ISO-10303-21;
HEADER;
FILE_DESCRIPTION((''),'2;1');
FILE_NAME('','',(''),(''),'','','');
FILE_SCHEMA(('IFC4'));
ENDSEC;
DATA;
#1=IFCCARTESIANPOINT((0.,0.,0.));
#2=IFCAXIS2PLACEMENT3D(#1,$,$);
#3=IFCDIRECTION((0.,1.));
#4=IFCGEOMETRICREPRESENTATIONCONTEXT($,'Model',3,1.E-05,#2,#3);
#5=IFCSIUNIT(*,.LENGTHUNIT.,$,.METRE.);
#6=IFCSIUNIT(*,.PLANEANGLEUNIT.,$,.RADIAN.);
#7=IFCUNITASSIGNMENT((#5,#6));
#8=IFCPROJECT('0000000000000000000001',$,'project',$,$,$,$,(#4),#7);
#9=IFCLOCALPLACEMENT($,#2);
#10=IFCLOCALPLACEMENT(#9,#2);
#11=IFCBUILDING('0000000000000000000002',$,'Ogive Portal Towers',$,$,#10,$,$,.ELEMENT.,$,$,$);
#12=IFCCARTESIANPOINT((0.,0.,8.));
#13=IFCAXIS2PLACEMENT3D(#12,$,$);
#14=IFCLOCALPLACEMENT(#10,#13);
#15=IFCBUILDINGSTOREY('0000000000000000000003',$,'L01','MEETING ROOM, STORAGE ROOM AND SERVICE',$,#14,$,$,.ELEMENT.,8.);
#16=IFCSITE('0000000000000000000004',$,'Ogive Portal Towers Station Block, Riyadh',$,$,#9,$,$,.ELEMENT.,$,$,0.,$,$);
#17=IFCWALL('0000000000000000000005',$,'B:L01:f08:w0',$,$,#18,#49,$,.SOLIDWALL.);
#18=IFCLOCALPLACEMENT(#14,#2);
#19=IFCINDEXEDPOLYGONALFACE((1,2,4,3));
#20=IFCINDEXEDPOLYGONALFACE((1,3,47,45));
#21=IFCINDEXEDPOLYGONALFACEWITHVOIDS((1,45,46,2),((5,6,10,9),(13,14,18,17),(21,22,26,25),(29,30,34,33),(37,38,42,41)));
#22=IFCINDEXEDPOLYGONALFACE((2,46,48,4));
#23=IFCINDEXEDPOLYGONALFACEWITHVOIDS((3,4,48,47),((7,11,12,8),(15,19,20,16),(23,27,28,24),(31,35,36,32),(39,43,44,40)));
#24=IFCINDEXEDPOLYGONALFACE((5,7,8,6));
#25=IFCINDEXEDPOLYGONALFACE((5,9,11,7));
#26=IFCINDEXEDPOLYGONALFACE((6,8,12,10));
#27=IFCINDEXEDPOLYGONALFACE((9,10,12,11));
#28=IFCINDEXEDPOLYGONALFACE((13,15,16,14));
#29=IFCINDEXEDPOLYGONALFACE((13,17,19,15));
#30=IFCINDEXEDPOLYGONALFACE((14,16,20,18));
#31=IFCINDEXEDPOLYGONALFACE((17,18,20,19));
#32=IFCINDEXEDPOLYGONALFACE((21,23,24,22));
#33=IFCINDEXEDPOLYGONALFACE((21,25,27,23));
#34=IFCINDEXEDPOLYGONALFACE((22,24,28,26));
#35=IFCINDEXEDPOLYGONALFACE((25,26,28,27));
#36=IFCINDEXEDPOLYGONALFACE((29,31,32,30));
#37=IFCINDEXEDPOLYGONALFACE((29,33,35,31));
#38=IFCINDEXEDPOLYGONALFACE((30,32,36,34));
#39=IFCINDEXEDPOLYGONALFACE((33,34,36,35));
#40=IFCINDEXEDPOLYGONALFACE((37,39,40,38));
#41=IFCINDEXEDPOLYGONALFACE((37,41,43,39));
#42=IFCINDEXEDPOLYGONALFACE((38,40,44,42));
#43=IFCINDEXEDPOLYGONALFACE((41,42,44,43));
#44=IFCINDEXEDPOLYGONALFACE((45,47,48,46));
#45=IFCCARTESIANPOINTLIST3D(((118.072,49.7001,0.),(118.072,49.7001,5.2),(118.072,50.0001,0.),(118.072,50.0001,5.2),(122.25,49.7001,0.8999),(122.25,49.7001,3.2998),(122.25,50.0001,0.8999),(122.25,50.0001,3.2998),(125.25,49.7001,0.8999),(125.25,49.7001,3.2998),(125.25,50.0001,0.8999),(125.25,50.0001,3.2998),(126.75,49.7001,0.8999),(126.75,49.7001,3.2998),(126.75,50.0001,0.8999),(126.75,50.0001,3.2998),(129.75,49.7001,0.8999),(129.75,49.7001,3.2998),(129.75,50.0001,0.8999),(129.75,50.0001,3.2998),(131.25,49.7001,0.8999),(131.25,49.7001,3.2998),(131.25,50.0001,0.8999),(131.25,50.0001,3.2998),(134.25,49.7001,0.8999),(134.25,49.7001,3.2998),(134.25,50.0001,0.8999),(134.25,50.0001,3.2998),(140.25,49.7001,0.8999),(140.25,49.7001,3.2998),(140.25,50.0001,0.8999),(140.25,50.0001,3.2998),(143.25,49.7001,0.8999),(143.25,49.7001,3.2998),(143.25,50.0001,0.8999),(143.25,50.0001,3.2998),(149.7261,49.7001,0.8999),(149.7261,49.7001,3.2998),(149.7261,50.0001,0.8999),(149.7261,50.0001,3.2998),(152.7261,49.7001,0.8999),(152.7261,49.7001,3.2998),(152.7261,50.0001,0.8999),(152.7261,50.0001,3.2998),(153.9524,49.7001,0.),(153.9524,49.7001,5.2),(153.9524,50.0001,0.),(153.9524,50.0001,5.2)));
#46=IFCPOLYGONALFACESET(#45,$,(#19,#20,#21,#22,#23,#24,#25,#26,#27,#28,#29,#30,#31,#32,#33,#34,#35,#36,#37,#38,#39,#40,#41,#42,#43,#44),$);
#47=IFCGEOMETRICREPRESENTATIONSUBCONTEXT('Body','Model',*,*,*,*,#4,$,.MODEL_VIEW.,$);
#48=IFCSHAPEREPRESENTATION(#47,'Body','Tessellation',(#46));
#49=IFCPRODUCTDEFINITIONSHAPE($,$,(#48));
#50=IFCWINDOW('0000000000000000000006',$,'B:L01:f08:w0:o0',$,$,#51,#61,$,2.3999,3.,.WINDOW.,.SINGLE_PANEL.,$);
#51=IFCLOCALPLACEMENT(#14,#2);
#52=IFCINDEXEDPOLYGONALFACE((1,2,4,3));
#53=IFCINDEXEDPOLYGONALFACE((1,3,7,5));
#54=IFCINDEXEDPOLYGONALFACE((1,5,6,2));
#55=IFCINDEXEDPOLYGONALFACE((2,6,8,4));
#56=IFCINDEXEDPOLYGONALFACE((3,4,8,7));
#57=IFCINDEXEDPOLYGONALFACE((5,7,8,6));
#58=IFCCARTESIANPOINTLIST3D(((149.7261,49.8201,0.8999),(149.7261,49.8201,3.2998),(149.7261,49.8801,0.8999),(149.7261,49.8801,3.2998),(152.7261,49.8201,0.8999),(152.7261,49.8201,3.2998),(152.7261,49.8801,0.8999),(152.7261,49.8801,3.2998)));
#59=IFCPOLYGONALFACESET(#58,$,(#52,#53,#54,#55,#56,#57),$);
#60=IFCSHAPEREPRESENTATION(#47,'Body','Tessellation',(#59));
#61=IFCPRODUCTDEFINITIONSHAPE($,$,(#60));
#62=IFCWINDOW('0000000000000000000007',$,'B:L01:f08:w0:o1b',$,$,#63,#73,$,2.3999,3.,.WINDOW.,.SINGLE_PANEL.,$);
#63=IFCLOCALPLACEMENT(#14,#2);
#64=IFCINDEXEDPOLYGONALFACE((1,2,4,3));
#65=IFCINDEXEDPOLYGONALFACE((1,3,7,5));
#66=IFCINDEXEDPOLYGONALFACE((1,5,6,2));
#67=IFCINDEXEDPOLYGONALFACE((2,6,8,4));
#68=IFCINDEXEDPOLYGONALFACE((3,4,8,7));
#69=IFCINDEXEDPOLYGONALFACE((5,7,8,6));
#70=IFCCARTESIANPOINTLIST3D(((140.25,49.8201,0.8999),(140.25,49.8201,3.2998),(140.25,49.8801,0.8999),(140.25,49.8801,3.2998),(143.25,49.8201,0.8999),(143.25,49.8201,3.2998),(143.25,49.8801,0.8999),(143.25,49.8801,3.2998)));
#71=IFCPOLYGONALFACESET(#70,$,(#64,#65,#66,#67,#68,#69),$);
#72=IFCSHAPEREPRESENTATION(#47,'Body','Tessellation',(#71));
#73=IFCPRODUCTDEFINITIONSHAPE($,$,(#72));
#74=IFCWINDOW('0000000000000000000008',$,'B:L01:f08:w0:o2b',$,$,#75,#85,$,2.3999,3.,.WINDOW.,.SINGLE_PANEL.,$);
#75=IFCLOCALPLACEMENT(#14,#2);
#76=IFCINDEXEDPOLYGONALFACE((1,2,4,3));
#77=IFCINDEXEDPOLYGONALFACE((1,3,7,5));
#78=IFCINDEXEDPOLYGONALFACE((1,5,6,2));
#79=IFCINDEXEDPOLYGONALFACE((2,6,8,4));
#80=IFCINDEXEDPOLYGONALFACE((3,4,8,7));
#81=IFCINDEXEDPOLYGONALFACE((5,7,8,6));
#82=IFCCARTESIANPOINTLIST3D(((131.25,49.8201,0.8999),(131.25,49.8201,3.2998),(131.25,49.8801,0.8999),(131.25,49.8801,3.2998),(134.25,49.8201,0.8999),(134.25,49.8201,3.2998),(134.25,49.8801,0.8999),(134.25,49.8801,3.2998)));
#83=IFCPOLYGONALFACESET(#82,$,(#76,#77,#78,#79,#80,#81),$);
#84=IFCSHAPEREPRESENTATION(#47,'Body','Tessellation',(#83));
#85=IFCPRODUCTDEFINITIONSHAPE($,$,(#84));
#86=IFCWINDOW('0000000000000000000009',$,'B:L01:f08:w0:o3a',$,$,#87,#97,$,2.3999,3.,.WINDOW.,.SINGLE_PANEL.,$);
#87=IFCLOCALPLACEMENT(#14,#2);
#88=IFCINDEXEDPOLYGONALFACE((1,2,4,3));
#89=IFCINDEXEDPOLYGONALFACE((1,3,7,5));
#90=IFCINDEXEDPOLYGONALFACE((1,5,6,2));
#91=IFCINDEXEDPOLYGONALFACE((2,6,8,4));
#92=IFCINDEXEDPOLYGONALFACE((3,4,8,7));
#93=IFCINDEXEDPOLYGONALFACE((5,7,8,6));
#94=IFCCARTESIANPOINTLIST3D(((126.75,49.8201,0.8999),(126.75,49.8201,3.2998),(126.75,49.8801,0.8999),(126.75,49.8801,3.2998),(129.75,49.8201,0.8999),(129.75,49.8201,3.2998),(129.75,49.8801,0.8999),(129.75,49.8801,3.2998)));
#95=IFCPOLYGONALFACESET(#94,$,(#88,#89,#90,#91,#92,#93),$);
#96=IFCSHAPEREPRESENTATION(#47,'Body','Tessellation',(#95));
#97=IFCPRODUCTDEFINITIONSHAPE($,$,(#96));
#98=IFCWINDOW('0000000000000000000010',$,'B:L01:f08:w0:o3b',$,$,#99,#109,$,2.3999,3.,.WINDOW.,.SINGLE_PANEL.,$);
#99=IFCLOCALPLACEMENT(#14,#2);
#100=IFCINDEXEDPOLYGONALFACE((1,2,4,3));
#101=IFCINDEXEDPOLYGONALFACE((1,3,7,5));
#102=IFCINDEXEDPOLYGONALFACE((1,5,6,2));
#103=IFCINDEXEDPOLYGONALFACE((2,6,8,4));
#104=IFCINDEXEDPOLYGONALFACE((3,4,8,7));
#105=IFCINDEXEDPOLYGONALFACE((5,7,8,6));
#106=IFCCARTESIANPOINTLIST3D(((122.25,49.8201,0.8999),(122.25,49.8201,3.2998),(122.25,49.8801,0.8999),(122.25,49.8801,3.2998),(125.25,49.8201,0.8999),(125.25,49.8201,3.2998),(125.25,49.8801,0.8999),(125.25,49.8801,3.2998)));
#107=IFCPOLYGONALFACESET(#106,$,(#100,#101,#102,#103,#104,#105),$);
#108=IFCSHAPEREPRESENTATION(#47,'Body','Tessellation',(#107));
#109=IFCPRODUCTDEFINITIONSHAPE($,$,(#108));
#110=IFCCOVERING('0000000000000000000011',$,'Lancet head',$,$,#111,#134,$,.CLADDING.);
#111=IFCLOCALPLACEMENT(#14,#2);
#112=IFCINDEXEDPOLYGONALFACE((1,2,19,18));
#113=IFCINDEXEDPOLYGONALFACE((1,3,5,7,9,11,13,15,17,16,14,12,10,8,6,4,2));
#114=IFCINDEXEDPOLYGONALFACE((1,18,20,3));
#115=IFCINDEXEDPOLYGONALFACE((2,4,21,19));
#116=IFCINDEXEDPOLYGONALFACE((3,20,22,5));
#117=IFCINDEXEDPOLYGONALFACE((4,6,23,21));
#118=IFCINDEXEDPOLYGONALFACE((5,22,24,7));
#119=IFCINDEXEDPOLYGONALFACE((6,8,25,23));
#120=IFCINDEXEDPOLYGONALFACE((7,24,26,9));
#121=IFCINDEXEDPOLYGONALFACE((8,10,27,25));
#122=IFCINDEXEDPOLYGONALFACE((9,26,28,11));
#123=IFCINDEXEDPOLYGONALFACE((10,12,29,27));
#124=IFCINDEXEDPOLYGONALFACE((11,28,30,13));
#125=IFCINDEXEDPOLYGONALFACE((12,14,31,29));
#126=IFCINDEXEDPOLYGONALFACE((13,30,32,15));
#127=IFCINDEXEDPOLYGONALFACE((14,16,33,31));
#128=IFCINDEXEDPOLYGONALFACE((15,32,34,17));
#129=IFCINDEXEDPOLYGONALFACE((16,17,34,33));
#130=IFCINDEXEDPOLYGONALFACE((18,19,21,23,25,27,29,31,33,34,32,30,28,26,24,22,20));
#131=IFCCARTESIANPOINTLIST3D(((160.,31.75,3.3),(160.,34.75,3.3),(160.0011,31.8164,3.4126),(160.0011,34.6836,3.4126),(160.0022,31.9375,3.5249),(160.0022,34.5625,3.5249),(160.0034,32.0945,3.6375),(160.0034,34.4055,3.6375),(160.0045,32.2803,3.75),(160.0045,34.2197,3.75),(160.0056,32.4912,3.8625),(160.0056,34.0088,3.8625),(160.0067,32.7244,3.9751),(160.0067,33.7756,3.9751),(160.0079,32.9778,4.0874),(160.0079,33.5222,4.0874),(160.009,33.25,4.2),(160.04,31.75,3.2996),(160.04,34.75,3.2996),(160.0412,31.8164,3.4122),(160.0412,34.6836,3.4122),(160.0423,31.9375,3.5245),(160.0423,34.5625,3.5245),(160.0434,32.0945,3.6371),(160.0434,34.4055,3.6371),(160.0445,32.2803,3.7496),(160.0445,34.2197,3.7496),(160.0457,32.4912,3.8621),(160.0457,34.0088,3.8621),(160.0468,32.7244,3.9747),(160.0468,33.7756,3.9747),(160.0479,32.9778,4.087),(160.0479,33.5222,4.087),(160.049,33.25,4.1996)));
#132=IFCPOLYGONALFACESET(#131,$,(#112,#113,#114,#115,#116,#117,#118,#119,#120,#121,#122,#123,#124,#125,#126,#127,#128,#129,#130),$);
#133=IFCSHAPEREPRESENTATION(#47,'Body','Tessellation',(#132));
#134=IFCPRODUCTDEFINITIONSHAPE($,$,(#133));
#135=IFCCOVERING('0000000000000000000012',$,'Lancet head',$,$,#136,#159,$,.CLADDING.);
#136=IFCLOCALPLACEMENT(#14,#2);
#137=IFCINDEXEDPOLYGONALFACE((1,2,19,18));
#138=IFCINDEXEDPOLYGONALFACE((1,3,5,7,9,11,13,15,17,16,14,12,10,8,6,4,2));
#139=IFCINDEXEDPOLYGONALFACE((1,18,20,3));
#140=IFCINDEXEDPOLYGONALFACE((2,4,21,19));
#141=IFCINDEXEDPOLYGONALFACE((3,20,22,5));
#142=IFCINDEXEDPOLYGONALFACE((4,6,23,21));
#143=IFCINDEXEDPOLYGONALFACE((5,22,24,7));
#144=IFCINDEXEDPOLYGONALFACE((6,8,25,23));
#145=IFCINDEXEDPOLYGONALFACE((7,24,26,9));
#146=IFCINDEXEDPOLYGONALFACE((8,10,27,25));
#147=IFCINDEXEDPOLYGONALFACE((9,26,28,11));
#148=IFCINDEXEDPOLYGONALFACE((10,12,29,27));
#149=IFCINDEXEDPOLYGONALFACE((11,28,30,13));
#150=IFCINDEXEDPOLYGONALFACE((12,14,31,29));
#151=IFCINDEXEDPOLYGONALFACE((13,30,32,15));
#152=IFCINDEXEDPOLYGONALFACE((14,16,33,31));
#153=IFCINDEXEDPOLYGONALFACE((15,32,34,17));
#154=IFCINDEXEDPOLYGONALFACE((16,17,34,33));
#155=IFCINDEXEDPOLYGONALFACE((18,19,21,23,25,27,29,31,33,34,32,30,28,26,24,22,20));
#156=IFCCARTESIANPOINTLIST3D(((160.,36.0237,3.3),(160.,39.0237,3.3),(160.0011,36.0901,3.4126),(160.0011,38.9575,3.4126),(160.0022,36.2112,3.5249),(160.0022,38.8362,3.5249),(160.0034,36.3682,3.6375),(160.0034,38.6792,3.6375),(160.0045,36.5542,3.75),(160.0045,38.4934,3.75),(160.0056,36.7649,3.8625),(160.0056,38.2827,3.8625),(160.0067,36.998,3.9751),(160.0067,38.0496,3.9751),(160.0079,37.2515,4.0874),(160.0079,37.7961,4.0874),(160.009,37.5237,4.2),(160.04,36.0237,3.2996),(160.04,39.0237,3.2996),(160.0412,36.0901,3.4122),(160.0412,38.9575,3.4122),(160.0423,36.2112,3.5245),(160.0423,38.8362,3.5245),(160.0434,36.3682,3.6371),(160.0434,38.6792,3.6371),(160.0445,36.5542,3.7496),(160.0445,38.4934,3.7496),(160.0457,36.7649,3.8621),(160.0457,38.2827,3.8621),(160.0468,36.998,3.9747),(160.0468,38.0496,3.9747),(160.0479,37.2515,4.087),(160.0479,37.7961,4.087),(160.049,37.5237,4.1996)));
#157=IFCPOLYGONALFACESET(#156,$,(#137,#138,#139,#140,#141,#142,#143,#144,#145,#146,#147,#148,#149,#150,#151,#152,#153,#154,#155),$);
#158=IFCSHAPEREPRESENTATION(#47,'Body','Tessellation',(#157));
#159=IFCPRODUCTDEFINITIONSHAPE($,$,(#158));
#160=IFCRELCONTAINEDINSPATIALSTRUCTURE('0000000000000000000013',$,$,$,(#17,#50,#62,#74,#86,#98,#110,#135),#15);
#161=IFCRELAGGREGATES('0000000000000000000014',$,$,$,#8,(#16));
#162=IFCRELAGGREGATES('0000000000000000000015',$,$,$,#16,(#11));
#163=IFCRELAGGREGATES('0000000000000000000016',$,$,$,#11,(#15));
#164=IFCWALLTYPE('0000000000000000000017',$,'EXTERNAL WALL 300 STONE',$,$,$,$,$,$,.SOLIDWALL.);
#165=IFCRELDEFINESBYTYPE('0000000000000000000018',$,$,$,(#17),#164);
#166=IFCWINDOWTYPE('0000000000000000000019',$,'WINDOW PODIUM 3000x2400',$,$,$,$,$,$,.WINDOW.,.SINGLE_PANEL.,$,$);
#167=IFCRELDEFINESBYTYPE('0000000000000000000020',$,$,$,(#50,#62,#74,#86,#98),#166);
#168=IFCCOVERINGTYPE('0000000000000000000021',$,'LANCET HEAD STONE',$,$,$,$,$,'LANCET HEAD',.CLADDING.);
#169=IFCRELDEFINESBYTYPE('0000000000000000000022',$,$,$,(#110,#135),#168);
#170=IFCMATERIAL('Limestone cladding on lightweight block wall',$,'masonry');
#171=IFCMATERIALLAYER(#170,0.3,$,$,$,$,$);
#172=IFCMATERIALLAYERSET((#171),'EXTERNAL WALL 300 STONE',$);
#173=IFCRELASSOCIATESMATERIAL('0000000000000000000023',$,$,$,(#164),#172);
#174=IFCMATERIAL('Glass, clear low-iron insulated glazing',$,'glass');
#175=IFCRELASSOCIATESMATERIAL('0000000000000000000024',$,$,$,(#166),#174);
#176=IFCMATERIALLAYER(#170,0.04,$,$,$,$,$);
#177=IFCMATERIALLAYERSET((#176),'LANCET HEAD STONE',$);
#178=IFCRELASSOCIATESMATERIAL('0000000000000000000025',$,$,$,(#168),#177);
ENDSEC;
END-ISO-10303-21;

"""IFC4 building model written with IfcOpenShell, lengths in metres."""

from ifc_helpers import new_model, si_unit, direction, frame, frame_2d, origin, place, context, subcontext, project, spatial, polyline, rectangle, outline, extrude, material, layer, layer_set, type_object, element, fill, save


model = new_model("IFC4")

# Units and contexts
model_context = context("Model", 3, precision=1e-05, world=origin(), true_north=direction((0.0, 1.0)))
body_context = subcontext(model_context, "Body", "Model", "MODEL_VIEW")
ifc_project = project(units=[si_unit("LENGTHUNIT", "METRE"), si_unit("PLANEANGLEUNIT", "RADIAN")], contexts=[model_context])

# Site, building, storey
site_placement = place(None, origin())
site = spatial("IfcSite", under=ifc_project, at=site_placement, Name="Ogive Portal Towers Station Block, Riyadh", CompositionType="ELEMENT", RefElevation=0.0)
building_placement = place(site_placement, origin())
building = spatial("IfcBuilding", under=site, at=building_placement, Name="Ogive Portal Towers", CompositionType="ELEMENT")
storey_placement = place(building_placement, frame((0.0, 0.0, 8.0)))
storey = spatial("IfcBuildingStorey", under=building, at=storey_placement, Name="L01", Description="MEETING ROOM, STORAGE ROOM AND SERVICE", CompositionType="ELEMENT", Elevation=8.0)

# Shared definitions
ifc_material_1 = material(Name="Limestone cladding on lightweight block wall", Category="masonry")
ifc_layer_1 = layer(ifc_material_1, 0.3)
ifc_layer_set_1 = layer_set([ifc_layer_1], Name="EXTERNAL WALL 300 STONE")
wall_type = type_object("IfcWallType", Name="EXTERNAL WALL 300 STONE", PredefinedType="SOLIDWALL", material=ifc_layer_set_1)
ifc_material_2 = material(Name="Glass, clear low-iron insulated glazing", Category="glass")
window_type = type_object("IfcWindowType", Name="WINDOW PODIUM 3000x2400", PartitioningType="SINGLE_PANEL", PredefinedType="WINDOW", material=ifc_material_2)

# Wall, openings, windows
wall_1_placement = place(storey_placement, frame((153.9524, 49.8501, 0.0), z_axis=(0.0, 0.0, 1.0), x_axis=(-1.0, 0.0, 0.0)))
wall_1 = element("IfcWall", 1, at=wall_1_placement, inside=storey, type_object=wall_type, Name="B:L01:f08:w0", PredefinedType="SOLIDWALL", context=body_context, shape_type="SweptSolid", body=[
    extrude(rectangle(XDim=35.8804, YDim=0.3, at=frame_2d((17.9402, 0.0))), origin(), (0.0, 0.0, 1.0), 5.2),
])
opening_1_placement = place(wall_1_placement, frame((1.2263, 0.0, 0.8999)))
opening_1 = element("IfcOpeningElement", 2, at=opening_1_placement, cuts=wall_1, PredefinedType="OPENING", context=body_context, shape_type="SweptSolid", body=[
    extrude(rectangle(XDim=3.0, YDim=2.3999, at=frame_2d((1.5, 1.2))), frame((0.0, 0.1602, 0.0), z_axis=(0.0, -1.0, 0.0), x_axis=(1.0, 0.0, 0.0)), (0.0, 0.0, 1.0), 0.3201),
])
opening_2_placement = place(wall_1_placement, frame((10.7024, 0.0, 0.8999)))
opening_2 = element("IfcOpeningElement", 3, at=opening_2_placement, cuts=wall_1, PredefinedType="OPENING", context=body_context, shape_type="SweptSolid", body=[
    extrude(rectangle(XDim=3.0, YDim=2.3999, at=frame_2d((1.5, 1.2))), frame((0.0, 0.1602, 0.0), z_axis=(0.0, -1.0, 0.0), x_axis=(1.0, 0.0, 0.0)), (0.0, 0.0, 1.0), 0.3201),
])
opening_3_placement = place(wall_1_placement, frame((19.7024, 0.0, 0.8999)))
opening_3 = element("IfcOpeningElement", 4, at=opening_3_placement, cuts=wall_1, PredefinedType="OPENING", context=body_context, shape_type="SweptSolid", body=[
    extrude(rectangle(XDim=3.0, YDim=2.3999, at=frame_2d((1.5, 1.2))), frame((0.0, 0.1602, 0.0), z_axis=(0.0, -1.0, 0.0), x_axis=(1.0, 0.0, 0.0)), (0.0, 0.0, 1.0), 0.3201),
])
opening_4_placement = place(wall_1_placement, frame((24.2024, 0.0, 0.8999)))
opening_4 = element("IfcOpeningElement", 5, at=opening_4_placement, cuts=wall_1, PredefinedType="OPENING", context=body_context, shape_type="SweptSolid", body=[
    extrude(rectangle(XDim=3.0, YDim=2.3999, at=frame_2d((1.5, 1.2))), frame((0.0, 0.1602, 0.0), z_axis=(0.0, -1.0, 0.0), x_axis=(1.0, 0.0, 0.0)), (0.0, 0.0, 1.0), 0.3201),
])
opening_5_placement = place(wall_1_placement, frame((28.7024, 0.0, 0.8999)))
opening_5 = element("IfcOpeningElement", 6, at=opening_5_placement, cuts=wall_1, PredefinedType="OPENING", context=body_context, shape_type="SweptSolid", body=[
    extrude(rectangle(XDim=3.0, YDim=2.3999, at=frame_2d((1.5, 1.2))), frame((0.0, 0.1602, 0.0), z_axis=(0.0, -1.0, 0.0), x_axis=(1.0, 0.0, 0.0)), (0.0, 0.0, 1.0), 0.3201),
])
window_1_placement = place(opening_1_placement, origin())
window_1 = element("IfcWindow", 7, at=window_1_placement, inside=storey, type_object=window_type, Name="B:L01:f08:w0:o0", OverallHeight=2.3999, OverallWidth=3.0, PartitioningType="SINGLE_PANEL", PredefinedType="WINDOW", context=body_context, shape_type="SweptSolid", body=[
    extrude(rectangle(XDim=3.0, YDim=2.3999, at=frame_2d((1.5, 1.2))), frame((0.0, 0.03, 0.0), z_axis=(0.0, -1.0, 0.0), x_axis=(1.0, 0.0, 0.0)), (0.0, 0.0, 1.0), 0.0601),
])
fill(opening_1, window_1)
window_2_placement = place(opening_2_placement, origin())
window_2 = element("IfcWindow", 8, at=window_2_placement, inside=storey, type_object=window_type, Name="B:L01:f08:w0:o1b", OverallHeight=2.3999, OverallWidth=3.0, PartitioningType="SINGLE_PANEL", PredefinedType="WINDOW", context=body_context, shape_type="SweptSolid", body=[
    extrude(rectangle(XDim=3.0, YDim=2.3999, at=frame_2d((1.5, 1.2))), frame((0.0, 0.03, 0.0), z_axis=(0.0, -1.0, 0.0), x_axis=(1.0, 0.0, 0.0)), (0.0, 0.0, 1.0), 0.0601),
])
fill(opening_2, window_2)
window_3_placement = place(opening_3_placement, origin())
window_3 = element("IfcWindow", 9, at=window_3_placement, inside=storey, type_object=window_type, Name="B:L01:f08:w0:o2b", OverallHeight=2.3999, OverallWidth=3.0, PartitioningType="SINGLE_PANEL", PredefinedType="WINDOW", context=body_context, shape_type="SweptSolid", body=[
    extrude(rectangle(XDim=3.0, YDim=2.3999, at=frame_2d((1.5, 1.2))), frame((0.0, 0.03, 0.0), z_axis=(0.0, -1.0, 0.0), x_axis=(1.0, 0.0, 0.0)), (0.0, 0.0, 1.0), 0.0601),
])
fill(opening_3, window_3)
window_4_placement = place(opening_4_placement, origin())
window_4 = element("IfcWindow", 10, at=window_4_placement, inside=storey, type_object=window_type, Name="B:L01:f08:w0:o3a", OverallHeight=2.3999, OverallWidth=3.0, PartitioningType="SINGLE_PANEL", PredefinedType="WINDOW", context=body_context, shape_type="SweptSolid", body=[
    extrude(rectangle(XDim=3.0, YDim=2.3999, at=frame_2d((1.5, 1.2))), frame((0.0, 0.03, 0.0), z_axis=(0.0, -1.0, 0.0), x_axis=(1.0, 0.0, 0.0)), (0.0, 0.0, 1.0), 0.0601),
])
fill(opening_4, window_4)
window_5_placement = place(opening_5_placement, origin())
window_5 = element("IfcWindow", 11, at=window_5_placement, inside=storey, type_object=window_type, Name="B:L01:f08:w0:o3b", OverallHeight=2.3999, OverallWidth=3.0, PartitioningType="SINGLE_PANEL", PredefinedType="WINDOW", context=body_context, shape_type="SweptSolid", body=[
    extrude(rectangle(XDim=3.0, YDim=2.3999, at=frame_2d((1.5, 1.2))), frame((0.0, 0.03, 0.0), z_axis=(0.0, -1.0, 0.0), x_axis=(1.0, 0.0, 0.0)), (0.0, 0.0, 1.0), 0.0601),
])
fill(opening_5, window_5)

# Coverings
ifc_layer_2 = layer(ifc_material_1, 0.04)
ifc_layer_set_2 = layer_set([ifc_layer_2], Name="LANCET HEAD STONE")
covering_type_1 = type_object("IfcCoveringType", Name="LANCET HEAD STONE", ElementType="LANCET HEAD", PredefinedType="CLADDING", material=ifc_layer_set_2)
covering_1_placement = place(storey_placement, frame((160.0, 31.75, 3.3), z_axis=(-0.99995, 0.0, 0.009994), x_axis=(0.0, 1.0, 0.0)))
element("IfcCovering", 12, at=covering_1_placement, inside=storey, type_object=covering_type_1, Name="Lancet head", PredefinedType="CLADDING", context=body_context, shape_type="SweptSolid", body=[
    extrude(outline(polyline([(0.0, 0.0), (3.0, 0.0), (2.9336, -0.1126), (2.8125, -0.2249), (2.6555, -0.3374), (2.4697, -0.45), (2.2588, -0.5625), (2.0256, -0.6751), (1.7722, -0.7874), (1.5, -0.8999), (1.2278, -0.7874), (0.9744, -0.6751), (0.7412, -0.5625), (0.5303, -0.45), (0.3445, -0.3374), (0.1875, -0.2249), (0.0664, -0.1126), (0.0, 0.0)])), origin(), (0.0, 0.0, -1.0), 0.04),
])
for number, where, z_axis, x_axis, name in (
    (13, (160.0, 36.0237, 3.3), (-0.99995, 0.0, 0.009994), (0.0, 1.0, 0.0), "Lancet head"),
):
    element("IfcCovering", number, at=place(storey_placement, frame(where, z_axis=z_axis, x_axis=x_axis)), inside=storey, type_object=covering_type_1, Name=name, PredefinedType="CLADDING", context=body_context, shape_type="SweptSolid", body=[
        extrude(outline(polyline([(0.0, 0.0), (3.0, 0.0), (2.9338, -0.1126), (2.8125, -0.2249), (2.6555, -0.3374), (2.4697, -0.45), (2.259, -0.5625), (2.0259, -0.6751), (1.7725, -0.7874), (1.5, -0.8999), (1.2278, -0.7874), (0.9744, -0.6751), (0.7412, -0.5625), (0.5305, -0.45), (0.3445, -0.3374), (0.1875, -0.2249), (0.0664, -0.1126), (0.0, 0.0)])), origin(), (0.0, 0.0, -1.0), 0.04),
    ])

save(model, "model.ifc")
